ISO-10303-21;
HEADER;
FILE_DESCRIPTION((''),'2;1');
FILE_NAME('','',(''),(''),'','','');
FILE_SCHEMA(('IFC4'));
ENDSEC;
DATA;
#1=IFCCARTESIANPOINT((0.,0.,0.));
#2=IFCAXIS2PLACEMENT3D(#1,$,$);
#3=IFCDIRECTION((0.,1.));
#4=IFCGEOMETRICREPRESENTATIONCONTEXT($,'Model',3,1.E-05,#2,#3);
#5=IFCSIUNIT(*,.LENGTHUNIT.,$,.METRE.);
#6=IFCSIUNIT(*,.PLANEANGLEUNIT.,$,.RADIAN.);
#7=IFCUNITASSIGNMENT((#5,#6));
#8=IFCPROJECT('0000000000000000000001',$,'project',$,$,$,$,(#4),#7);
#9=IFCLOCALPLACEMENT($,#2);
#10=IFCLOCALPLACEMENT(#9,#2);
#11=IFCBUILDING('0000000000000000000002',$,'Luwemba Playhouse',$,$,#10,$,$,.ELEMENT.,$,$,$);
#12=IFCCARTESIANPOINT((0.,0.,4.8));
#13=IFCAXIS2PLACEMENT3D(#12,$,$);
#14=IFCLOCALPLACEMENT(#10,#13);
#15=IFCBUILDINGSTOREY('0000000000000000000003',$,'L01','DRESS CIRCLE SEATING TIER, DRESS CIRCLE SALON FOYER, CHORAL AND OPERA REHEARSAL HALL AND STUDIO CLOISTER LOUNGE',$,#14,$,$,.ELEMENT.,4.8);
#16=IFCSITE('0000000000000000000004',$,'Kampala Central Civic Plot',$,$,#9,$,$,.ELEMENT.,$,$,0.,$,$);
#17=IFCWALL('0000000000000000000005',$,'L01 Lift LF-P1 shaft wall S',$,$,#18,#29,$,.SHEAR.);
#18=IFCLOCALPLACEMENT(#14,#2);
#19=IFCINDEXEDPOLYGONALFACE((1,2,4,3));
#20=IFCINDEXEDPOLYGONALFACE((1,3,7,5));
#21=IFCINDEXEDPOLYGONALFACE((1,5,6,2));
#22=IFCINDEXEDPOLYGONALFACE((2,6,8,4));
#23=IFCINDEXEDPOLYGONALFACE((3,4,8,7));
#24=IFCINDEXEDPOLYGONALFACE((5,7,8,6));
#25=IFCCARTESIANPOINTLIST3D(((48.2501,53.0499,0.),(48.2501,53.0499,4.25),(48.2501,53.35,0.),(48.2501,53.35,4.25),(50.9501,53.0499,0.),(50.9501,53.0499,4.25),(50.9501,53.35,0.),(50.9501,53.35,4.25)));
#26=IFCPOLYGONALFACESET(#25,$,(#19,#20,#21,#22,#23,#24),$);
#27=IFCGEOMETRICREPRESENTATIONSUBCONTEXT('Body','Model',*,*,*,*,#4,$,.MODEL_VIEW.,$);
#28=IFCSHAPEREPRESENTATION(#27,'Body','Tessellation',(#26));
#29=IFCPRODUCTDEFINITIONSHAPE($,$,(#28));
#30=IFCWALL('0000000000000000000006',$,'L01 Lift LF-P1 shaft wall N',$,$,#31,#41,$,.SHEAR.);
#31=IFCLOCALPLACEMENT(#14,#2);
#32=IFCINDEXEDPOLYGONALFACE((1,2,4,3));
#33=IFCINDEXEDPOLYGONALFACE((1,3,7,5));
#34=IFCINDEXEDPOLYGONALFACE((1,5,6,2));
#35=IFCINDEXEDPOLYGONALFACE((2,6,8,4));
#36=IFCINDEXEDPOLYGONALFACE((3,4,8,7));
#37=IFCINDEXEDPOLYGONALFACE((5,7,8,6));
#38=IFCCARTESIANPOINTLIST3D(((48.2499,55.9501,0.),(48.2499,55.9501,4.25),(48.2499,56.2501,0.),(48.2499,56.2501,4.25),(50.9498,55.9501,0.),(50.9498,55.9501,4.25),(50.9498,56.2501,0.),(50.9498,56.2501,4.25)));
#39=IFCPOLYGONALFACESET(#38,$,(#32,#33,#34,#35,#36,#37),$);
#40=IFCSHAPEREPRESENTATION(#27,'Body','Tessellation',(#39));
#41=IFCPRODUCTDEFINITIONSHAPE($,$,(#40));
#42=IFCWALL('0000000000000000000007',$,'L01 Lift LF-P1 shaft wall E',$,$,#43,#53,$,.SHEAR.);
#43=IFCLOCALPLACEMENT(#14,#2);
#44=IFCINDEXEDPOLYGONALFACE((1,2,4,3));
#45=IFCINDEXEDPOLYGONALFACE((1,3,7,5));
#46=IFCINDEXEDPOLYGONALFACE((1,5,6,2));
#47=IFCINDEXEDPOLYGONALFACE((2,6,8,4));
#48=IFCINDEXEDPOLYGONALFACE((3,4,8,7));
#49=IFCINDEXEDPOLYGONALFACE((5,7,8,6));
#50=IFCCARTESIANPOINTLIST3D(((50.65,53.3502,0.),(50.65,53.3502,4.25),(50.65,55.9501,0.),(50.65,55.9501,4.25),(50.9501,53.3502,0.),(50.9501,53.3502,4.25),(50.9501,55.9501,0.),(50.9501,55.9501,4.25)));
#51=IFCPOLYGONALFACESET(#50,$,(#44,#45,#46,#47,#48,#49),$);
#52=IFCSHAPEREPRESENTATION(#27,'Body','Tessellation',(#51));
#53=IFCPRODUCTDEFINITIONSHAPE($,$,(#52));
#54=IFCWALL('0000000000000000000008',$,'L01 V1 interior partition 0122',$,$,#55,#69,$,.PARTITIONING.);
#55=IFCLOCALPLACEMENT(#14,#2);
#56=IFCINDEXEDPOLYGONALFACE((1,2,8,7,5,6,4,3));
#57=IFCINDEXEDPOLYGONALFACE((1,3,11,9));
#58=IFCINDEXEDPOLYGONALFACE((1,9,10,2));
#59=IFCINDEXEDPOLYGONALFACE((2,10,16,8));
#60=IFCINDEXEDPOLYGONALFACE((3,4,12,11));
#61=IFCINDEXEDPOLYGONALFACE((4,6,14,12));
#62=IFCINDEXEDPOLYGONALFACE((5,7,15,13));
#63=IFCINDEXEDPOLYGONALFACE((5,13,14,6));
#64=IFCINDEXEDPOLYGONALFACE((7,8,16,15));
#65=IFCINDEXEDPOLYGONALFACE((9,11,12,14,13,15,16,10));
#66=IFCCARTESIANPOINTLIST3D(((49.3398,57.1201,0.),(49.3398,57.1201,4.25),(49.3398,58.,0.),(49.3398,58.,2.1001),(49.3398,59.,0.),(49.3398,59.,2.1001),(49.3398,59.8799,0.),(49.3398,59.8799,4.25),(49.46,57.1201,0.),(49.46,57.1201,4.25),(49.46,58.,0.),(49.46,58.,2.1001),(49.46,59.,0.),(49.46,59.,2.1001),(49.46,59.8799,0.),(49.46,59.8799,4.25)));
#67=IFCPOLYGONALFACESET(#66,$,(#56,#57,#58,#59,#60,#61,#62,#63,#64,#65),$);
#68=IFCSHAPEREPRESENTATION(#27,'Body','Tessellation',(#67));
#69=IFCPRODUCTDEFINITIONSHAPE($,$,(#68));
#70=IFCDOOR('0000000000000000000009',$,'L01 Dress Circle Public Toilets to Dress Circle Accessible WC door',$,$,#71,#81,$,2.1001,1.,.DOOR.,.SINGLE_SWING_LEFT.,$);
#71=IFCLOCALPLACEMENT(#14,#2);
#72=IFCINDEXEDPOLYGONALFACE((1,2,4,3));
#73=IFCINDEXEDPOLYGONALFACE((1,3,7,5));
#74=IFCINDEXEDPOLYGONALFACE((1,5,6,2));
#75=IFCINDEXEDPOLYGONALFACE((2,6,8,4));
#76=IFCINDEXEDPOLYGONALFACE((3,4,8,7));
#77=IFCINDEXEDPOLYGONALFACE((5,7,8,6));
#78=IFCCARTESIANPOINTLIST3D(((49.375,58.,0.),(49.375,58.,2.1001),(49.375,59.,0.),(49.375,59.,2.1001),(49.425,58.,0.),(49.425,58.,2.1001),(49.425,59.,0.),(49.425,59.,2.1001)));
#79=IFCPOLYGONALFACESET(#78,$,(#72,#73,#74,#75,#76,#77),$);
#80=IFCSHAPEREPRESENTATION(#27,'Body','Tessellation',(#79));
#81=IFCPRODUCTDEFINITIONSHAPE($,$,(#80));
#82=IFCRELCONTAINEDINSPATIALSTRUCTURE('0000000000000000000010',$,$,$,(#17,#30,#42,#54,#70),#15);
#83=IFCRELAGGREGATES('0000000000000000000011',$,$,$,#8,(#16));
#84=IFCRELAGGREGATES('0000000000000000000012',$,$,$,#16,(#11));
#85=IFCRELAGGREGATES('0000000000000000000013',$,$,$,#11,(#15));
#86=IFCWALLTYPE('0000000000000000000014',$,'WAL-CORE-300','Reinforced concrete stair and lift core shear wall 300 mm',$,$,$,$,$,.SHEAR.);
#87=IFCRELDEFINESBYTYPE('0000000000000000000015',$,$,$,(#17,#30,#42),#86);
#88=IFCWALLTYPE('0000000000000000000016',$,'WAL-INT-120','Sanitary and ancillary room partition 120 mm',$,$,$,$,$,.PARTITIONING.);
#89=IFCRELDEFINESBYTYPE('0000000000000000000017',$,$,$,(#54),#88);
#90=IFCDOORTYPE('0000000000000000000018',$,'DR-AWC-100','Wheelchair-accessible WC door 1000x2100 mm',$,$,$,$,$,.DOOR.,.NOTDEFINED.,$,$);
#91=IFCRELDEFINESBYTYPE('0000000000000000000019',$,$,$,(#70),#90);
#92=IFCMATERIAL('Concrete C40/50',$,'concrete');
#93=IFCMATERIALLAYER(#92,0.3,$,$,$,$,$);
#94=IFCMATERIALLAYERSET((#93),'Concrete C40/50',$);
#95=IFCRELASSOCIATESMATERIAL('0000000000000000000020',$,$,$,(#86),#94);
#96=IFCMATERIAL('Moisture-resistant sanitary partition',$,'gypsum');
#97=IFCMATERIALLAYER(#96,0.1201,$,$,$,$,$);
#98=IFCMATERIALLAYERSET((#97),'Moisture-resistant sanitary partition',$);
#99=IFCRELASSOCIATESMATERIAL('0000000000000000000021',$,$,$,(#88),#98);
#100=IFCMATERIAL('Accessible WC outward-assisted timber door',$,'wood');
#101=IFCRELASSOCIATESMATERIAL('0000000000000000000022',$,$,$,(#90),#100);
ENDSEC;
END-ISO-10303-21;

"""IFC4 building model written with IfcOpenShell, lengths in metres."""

from ifc_helpers import new_model, si_unit, direction, frame, frame_2d, origin, place, context, subcontext, project, spatial, rectangle, extrude, material, layer, layer_set, type_object, element, fill, save


model = new_model("IFC4")

# Units and contexts
model_context = context("Model", 3, precision=1e-05, world=origin(), true_north=direction((0.0, 1.0)))
body_context = subcontext(model_context, "Body", "Model", "MODEL_VIEW")
ifc_project = project(units=[si_unit("LENGTHUNIT", "METRE"), si_unit("PLANEANGLEUNIT", "RADIAN")], contexts=[model_context])

# Site, building, storey
site_placement = place(None, origin())
site = spatial("IfcSite", under=ifc_project, at=site_placement, Name="Kampala Central Civic Plot", CompositionType="ELEMENT", RefElevation=0.0)
building_placement = place(site_placement, origin())
building = spatial("IfcBuilding", under=site, at=building_placement, Name="Luwemba Playhouse", CompositionType="ELEMENT")
storey_placement = place(building_placement, frame((0.0, 0.0, 4.8)))
storey = spatial("IfcBuildingStorey", under=building, at=storey_placement, Name="L01", Description="DRESS CIRCLE SEATING TIER, DRESS CIRCLE SALON FOYER, CHORAL AND OPERA REHEARSAL HALL AND STUDIO CLOISTER LOUNGE", CompositionType="ELEMENT", Elevation=4.8)

# Walls
ifc_material_1 = material(Name="Concrete C40/50", Category="concrete")
ifc_layer_1 = layer(ifc_material_1, 0.3)
ifc_layer_set_1 = layer_set([ifc_layer_1], Name="Concrete C40/50")
wall_type_1 = type_object("IfcWallType", Name="WAL-CORE-300", Description="Reinforced concrete stair and lift core shear wall 300 mm", PredefinedType="SHEAR", material=ifc_layer_set_1)
for number, where, z_axis, x_axis, name in (
    (1, (48.25, 53.2, 0.0), (0.0, 0.0, 1.0), (1.0, 0.0, 0.0), "L01 Lift LF-P1 shaft wall S"),
    (2, (50.95, 56.1001, 0.0), (0.0, 0.0, 1.0), (-1.0, 0.0, 0.0), "L01 Lift LF-P1 shaft wall N"),
):
    element("IfcWall", number, at=place(storey_placement, frame(where, z_axis=z_axis, x_axis=x_axis)), inside=storey, type_object=wall_type_1, Name=name, PredefinedType="SHEAR", context=body_context, shape_type="SweptSolid", body=[
        extrude(rectangle(XDim=2.7, YDim=0.3, at=frame_2d((1.3501, 0.0))), origin(), (0.0, 0.0, 1.0), 4.25),
    ])

# Wall
wall_1_placement = place(storey_placement, frame((50.8, 55.95, 0.0), z_axis=(0.0, 0.0, 1.0), x_axis=(0.0, -1.0, 0.0)))
element("IfcWall", 3, at=wall_1_placement, inside=storey, type_object=wall_type_1, Name="L01 Lift LF-P1 shaft wall E", PredefinedType="SHEAR", context=body_context, shape_type="SweptSolid", body=[
    extrude(rectangle(XDim=2.5999, YDim=0.3, at=frame_2d((1.2998, 0.0))), origin(), (0.0, 0.0, 1.0), 4.25),
])

# Wall, opening, door
ifc_material_2 = material(Name="Moisture-resistant sanitary partition", Category="gypsum")
ifc_layer_2 = layer(ifc_material_2, 0.1201)
ifc_layer_set_2 = layer_set([ifc_layer_2], Name="Moisture-resistant sanitary partition")
wall_type_2 = type_object("IfcWallType", Name="WAL-INT-120", Description="Sanitary and ancillary room partition 120 mm", PredefinedType="PARTITIONING", material=ifc_layer_set_2)
wall_2_placement = place(storey_placement, frame((49.3999, 57.1201, 0.0), z_axis=(0.0, 0.0, 1.0), x_axis=(0.0, 1.0, 0.0)))
wall_2 = element("IfcWall", 4, at=wall_2_placement, inside=storey, type_object=wall_type_2, Name="L01 V1 interior partition 0122", PredefinedType="PARTITIONING", context=body_context, shape_type="SweptSolid", body=[
    extrude(rectangle(XDim=2.7598, YDim=0.1201, at=frame_2d((1.3799, 0.0))), origin(), (0.0, 0.0, 1.0), 4.25),
])
opening_1_placement = place(wall_2_placement, frame((0.8799, 0.0, 0.0)))
opening_1 = element("IfcOpeningElement", 5, at=opening_1_placement, cuts=wall_2, PredefinedType="OPENING", context=body_context, shape_type="SweptSolid", body=[
    extrude(rectangle(XDim=1.0, YDim=2.1001, at=frame_2d((0.5, 1.05))), frame((0.0, 0.0701, 0.0), z_axis=(0.0, -1.0, 0.0), x_axis=(1.0, 0.0, 0.0)), (0.0, 0.0, 1.0), 0.1401),
])
ifc_material_3 = material(Name="Accessible WC outward-assisted timber door", Category="wood")
door_type_1 = type_object("IfcDoorType", Name="DR-AWC-100", Description="Wheelchair-accessible WC door 1000x2100 mm", OperationType="NOTDEFINED", PredefinedType="DOOR", material=ifc_material_3)
door_1_placement = place(opening_1_placement, origin())
door_1 = element("IfcDoor", 6, at=door_1_placement, inside=storey, type_object=door_type_1, Name="L01 Dress Circle Public Toilets to Dress Circle Accessible WC door", OperationType="SINGLE_SWING_LEFT", OverallHeight=2.1001, OverallWidth=1.0, PredefinedType="DOOR", context=body_context, shape_type="SweptSolid", body=[
    extrude(rectangle(XDim=1.0, YDim=2.1001, at=frame_2d((0.5, 1.05))), frame((0.0, 0.0249, 0.0), z_axis=(0.0, -1.0, 0.0), x_axis=(1.0, 0.0, 0.0)), (0.0, 0.0, 1.0), 0.05),
])
fill(opening_1, door_1)

save(model, "model.ifc")
